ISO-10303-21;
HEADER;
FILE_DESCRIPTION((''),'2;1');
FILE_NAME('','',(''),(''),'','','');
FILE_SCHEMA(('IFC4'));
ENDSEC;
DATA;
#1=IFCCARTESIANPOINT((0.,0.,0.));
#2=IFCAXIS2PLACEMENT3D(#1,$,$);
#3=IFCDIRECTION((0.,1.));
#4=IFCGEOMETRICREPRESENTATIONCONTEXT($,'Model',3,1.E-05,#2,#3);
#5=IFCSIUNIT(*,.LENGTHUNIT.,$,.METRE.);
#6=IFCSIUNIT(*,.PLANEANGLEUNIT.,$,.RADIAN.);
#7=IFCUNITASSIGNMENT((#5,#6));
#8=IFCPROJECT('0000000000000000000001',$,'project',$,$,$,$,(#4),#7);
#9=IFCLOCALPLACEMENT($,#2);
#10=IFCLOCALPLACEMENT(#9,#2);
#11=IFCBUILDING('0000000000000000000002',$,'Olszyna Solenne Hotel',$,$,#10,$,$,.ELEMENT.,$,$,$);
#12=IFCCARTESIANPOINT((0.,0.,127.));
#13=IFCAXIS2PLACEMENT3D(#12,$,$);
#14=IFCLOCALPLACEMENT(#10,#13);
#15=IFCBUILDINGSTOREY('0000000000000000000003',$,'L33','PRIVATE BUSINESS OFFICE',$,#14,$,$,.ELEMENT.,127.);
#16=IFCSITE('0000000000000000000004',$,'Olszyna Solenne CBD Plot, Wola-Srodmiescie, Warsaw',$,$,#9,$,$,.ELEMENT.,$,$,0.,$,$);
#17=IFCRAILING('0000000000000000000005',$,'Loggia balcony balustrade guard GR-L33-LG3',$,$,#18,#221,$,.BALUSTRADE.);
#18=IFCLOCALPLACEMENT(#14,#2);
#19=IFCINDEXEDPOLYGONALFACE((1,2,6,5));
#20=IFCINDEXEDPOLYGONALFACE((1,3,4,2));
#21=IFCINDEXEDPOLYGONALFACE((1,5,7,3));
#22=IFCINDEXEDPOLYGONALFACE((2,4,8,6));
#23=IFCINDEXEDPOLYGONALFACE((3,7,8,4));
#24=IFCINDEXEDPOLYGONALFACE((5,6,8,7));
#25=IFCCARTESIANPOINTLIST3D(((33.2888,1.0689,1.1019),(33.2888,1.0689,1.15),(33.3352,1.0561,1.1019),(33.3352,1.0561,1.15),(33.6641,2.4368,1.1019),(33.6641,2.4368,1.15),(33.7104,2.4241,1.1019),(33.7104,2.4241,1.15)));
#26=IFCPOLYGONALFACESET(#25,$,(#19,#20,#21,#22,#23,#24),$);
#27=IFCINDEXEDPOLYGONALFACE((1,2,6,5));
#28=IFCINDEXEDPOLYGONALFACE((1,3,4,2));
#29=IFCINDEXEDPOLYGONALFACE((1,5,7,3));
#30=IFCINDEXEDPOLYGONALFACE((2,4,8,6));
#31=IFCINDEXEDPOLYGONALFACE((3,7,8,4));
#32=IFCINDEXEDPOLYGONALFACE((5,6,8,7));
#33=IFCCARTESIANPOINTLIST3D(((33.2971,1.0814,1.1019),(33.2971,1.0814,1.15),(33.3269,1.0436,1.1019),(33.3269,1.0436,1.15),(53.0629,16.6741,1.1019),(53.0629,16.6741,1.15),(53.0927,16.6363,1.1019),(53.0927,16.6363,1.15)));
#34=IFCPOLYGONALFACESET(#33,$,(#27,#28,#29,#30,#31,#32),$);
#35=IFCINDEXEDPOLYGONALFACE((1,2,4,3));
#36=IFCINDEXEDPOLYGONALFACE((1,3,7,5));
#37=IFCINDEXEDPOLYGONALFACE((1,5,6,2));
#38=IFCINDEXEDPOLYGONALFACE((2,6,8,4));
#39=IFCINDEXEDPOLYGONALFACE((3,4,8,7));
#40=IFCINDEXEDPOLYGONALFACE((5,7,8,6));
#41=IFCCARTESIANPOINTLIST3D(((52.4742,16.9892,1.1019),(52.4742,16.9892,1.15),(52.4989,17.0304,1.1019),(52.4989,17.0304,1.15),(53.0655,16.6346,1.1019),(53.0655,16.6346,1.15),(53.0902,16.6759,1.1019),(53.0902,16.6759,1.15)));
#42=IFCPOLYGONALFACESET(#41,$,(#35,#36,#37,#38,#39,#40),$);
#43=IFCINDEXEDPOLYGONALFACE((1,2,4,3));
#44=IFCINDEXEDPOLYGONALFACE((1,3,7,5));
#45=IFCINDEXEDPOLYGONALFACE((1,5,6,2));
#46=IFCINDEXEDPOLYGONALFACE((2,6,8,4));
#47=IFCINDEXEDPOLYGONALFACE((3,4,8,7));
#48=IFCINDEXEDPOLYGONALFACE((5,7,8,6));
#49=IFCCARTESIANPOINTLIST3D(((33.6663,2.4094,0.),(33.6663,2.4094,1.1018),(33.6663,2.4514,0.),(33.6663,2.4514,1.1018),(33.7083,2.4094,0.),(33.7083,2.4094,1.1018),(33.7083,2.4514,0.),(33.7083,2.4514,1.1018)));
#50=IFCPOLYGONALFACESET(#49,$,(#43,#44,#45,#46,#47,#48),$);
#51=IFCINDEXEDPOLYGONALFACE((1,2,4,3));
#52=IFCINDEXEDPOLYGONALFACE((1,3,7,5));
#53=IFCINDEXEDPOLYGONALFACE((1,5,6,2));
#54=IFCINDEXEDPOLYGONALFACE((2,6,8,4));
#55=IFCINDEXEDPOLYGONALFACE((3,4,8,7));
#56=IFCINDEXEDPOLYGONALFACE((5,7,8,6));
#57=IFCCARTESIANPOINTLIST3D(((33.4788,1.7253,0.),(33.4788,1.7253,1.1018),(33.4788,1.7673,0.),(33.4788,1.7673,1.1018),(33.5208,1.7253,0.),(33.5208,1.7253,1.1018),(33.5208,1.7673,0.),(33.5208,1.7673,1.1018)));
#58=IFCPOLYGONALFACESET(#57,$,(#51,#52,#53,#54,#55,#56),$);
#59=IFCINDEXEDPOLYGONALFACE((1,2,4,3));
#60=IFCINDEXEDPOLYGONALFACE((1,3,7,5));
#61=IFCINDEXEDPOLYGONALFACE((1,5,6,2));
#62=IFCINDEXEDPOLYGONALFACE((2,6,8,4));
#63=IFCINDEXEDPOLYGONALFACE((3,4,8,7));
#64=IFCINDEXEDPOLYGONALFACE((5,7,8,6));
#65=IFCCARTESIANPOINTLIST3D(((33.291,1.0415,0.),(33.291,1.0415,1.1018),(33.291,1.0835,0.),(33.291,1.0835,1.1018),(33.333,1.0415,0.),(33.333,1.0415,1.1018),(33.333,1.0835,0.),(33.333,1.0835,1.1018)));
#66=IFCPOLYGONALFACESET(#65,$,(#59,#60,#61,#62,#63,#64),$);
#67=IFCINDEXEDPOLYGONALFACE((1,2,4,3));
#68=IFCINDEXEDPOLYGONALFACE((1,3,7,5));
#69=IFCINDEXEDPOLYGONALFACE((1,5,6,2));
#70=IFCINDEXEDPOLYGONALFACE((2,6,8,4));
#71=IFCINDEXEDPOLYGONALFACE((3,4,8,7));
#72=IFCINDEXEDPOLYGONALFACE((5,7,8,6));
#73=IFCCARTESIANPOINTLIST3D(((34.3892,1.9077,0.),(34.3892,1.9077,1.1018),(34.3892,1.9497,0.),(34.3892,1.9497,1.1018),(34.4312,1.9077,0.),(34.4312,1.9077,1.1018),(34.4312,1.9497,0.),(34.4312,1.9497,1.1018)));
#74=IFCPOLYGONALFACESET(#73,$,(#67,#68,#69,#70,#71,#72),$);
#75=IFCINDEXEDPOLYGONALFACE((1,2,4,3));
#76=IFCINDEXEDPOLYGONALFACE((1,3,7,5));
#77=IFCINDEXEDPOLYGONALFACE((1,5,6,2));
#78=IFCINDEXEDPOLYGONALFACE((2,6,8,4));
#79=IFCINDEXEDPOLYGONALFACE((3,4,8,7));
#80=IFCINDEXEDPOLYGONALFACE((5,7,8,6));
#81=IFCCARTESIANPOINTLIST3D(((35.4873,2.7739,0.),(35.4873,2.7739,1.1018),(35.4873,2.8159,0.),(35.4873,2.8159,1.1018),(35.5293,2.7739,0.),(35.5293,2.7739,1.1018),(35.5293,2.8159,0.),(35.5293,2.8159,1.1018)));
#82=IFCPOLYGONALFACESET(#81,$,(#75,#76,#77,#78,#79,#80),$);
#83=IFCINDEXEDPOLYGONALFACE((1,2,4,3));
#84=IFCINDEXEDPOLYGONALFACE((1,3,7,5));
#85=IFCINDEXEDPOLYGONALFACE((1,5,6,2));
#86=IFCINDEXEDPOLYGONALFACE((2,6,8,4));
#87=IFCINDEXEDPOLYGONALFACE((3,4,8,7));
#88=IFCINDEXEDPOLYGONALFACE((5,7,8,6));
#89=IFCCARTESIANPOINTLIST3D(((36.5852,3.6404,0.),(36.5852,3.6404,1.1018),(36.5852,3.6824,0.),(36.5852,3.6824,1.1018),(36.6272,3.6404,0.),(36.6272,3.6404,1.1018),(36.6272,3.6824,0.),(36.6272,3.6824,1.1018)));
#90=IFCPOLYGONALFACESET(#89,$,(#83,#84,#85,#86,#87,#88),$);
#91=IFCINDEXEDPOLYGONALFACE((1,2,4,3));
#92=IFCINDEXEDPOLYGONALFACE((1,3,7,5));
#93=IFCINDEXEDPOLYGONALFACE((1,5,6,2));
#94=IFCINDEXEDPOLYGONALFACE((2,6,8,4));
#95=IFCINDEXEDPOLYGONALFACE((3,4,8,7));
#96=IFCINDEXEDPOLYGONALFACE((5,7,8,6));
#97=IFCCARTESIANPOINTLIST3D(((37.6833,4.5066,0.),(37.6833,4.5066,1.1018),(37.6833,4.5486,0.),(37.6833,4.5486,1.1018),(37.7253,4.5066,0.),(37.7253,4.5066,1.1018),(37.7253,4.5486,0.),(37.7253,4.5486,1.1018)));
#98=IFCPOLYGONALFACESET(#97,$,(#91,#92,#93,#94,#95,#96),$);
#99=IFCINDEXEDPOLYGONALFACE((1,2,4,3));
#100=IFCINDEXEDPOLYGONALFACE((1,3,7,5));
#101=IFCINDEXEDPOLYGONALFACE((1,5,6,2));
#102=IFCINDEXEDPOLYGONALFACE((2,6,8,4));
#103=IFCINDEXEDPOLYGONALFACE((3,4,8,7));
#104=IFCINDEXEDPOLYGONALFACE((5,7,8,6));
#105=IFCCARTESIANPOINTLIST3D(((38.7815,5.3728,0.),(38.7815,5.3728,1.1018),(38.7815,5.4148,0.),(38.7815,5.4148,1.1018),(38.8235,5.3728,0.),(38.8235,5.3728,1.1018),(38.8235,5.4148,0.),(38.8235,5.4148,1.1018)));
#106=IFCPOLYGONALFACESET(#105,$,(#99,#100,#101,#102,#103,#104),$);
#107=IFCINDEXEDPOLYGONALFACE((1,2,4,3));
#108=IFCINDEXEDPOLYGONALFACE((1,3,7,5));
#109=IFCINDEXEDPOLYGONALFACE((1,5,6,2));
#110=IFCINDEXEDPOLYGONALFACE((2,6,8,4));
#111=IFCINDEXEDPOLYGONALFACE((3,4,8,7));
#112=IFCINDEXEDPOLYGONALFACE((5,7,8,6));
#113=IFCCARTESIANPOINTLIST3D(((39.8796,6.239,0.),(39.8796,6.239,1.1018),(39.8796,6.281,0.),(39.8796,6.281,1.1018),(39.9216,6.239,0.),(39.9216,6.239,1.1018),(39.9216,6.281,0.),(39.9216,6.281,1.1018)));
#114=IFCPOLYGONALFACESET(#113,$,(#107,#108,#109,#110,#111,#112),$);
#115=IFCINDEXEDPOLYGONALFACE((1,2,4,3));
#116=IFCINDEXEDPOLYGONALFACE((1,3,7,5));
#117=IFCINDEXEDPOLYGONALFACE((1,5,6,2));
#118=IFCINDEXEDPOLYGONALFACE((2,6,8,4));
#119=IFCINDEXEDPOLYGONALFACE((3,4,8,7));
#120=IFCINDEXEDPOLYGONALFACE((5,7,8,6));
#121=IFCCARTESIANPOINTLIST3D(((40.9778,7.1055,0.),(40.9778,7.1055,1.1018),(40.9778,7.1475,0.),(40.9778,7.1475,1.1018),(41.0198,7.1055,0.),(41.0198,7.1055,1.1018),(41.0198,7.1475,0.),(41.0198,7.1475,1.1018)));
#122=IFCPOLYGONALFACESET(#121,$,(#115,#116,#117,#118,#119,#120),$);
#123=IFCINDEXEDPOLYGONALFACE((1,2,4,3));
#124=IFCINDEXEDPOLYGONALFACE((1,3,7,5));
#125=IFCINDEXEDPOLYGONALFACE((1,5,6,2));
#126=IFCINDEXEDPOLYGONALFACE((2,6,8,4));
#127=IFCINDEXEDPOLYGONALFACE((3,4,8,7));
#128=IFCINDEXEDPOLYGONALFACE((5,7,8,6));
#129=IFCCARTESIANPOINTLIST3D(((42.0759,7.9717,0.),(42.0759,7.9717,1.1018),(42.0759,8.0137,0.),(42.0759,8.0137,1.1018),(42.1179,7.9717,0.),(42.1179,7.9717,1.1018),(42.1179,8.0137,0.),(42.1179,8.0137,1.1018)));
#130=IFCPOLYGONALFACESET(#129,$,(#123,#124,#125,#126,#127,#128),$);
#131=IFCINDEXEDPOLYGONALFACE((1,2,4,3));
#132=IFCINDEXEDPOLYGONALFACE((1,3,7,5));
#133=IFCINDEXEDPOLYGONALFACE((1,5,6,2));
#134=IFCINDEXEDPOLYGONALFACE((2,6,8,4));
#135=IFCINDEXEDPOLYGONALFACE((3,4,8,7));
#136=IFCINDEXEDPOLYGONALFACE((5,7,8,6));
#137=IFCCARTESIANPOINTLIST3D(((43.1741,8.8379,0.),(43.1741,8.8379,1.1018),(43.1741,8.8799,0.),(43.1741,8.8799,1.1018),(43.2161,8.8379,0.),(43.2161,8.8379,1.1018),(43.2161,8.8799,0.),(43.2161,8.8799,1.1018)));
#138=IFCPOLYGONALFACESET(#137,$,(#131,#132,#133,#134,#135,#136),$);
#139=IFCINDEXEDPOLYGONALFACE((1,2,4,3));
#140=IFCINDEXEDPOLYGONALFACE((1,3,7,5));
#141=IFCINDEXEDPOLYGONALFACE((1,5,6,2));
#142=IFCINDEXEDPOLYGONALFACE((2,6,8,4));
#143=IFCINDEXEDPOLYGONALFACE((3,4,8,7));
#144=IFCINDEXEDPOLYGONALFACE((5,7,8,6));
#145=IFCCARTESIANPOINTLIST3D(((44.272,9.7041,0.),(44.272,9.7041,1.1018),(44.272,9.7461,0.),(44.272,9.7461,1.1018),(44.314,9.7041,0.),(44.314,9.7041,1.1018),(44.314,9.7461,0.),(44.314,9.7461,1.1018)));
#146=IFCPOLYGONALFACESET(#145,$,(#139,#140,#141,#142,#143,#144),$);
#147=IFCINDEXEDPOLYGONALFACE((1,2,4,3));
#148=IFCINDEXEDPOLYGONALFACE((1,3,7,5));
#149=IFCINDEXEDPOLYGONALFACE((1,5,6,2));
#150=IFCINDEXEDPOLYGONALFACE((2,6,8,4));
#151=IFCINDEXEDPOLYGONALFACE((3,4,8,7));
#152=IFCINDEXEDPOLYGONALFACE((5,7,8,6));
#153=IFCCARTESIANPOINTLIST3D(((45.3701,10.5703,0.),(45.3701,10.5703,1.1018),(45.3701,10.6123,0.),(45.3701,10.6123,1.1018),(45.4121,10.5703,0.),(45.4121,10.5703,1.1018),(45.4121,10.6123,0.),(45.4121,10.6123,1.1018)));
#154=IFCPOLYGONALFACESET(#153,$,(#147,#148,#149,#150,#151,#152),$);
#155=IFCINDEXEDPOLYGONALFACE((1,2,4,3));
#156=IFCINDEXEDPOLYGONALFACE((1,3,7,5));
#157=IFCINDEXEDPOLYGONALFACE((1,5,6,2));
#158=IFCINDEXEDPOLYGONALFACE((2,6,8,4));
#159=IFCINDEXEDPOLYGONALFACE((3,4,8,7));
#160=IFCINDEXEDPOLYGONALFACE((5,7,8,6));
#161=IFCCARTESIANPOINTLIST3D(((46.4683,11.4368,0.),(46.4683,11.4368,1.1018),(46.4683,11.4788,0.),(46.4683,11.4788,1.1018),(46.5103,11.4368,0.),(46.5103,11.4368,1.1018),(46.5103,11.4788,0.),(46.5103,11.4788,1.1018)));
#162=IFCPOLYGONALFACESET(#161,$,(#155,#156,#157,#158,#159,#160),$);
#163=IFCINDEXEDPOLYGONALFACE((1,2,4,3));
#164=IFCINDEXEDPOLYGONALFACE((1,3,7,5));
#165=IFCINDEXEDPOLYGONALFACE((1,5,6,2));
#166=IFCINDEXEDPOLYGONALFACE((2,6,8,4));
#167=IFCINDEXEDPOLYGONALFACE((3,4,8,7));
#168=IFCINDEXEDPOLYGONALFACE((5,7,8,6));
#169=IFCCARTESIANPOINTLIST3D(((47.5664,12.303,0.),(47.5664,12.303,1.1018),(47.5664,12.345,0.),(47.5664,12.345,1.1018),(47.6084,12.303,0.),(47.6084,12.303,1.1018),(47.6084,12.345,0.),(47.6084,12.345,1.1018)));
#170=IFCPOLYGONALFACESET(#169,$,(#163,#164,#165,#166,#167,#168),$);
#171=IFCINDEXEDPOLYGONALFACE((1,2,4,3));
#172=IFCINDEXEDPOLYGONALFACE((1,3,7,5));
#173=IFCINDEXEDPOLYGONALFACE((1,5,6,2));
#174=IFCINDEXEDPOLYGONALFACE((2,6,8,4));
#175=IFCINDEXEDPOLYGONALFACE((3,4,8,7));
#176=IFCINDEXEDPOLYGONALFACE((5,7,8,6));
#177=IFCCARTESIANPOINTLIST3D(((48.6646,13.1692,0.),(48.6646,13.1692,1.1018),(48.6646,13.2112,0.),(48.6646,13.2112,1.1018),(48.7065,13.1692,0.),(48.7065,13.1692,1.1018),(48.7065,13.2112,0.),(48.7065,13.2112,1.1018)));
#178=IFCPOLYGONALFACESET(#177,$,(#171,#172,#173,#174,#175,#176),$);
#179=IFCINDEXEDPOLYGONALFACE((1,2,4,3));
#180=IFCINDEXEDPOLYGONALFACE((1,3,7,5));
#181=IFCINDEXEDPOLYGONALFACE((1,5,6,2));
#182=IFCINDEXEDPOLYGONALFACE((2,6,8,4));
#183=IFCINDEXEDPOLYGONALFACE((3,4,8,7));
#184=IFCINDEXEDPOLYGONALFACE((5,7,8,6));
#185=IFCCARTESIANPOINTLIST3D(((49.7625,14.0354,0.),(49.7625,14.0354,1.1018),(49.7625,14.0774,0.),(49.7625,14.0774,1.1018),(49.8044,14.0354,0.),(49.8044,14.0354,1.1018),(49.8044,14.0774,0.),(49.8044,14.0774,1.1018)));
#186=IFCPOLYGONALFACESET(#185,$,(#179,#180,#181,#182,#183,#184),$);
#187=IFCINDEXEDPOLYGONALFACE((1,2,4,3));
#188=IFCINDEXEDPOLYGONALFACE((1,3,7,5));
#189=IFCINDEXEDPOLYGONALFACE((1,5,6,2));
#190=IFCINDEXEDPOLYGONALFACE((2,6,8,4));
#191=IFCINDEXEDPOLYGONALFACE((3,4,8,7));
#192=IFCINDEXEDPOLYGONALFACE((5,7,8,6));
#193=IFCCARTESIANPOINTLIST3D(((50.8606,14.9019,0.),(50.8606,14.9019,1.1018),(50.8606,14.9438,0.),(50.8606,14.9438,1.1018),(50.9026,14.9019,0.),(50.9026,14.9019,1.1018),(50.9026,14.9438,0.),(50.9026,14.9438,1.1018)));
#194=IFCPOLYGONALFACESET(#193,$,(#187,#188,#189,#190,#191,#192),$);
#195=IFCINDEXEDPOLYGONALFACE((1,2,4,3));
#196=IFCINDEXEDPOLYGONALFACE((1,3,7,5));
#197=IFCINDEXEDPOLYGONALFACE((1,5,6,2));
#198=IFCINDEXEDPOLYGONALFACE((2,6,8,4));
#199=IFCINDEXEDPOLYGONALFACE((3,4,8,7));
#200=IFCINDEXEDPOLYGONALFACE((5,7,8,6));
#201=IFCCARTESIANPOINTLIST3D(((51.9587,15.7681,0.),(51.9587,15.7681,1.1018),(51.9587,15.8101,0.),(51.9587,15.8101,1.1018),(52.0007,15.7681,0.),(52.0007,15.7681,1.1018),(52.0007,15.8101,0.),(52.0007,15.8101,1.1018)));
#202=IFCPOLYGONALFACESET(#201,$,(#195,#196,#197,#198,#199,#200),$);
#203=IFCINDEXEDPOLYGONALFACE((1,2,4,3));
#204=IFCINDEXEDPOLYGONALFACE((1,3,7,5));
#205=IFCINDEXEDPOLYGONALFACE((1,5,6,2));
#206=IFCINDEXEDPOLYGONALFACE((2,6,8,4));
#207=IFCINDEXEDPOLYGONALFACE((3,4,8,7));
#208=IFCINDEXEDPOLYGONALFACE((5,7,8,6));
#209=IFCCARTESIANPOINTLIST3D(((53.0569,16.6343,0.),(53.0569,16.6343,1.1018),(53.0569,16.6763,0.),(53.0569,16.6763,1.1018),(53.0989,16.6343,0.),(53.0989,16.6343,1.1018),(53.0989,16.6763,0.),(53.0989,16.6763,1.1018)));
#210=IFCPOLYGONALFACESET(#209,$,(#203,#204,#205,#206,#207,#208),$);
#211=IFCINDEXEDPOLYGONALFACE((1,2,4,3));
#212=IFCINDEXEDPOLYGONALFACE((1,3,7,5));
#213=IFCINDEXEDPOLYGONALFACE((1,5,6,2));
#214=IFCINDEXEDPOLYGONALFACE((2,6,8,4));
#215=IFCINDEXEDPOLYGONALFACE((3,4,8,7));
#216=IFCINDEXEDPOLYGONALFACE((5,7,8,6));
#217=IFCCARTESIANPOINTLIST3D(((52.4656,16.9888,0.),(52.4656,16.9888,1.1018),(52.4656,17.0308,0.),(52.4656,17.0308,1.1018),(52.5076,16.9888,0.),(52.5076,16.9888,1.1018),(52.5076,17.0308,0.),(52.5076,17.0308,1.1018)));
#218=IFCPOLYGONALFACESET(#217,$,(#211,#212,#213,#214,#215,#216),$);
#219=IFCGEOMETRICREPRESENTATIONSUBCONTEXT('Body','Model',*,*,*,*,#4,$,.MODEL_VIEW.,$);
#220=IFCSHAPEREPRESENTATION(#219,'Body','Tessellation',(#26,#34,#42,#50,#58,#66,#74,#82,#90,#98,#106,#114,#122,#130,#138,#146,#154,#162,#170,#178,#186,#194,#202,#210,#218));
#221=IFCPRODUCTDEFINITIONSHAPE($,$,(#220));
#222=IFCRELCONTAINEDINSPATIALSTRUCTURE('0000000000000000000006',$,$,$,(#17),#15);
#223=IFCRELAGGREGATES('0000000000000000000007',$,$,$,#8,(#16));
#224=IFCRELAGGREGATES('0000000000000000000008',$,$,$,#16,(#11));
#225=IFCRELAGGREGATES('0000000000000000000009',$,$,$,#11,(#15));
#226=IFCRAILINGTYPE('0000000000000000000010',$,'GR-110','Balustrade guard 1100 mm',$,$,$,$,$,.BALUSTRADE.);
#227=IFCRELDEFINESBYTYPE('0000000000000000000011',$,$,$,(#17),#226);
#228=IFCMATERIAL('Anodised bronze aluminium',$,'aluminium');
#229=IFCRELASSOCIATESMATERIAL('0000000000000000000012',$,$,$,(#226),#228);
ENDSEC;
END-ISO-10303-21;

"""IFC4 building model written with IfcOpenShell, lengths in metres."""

from ifc_helpers import new_model, si_unit, direction, frame, origin, origin_2d, place, context, subcontext, project, spatial, rectangle, extrude, material, type_object, element, save


model = new_model("IFC4")

# Units and contexts
model_context = context("Model", 3, precision=1e-05, world=origin(), true_north=direction((0.0, 1.0)))
body_context = subcontext(model_context, "Body", "Model", "MODEL_VIEW")
ifc_project = project(units=[si_unit("LENGTHUNIT", "METRE"), si_unit("PLANEANGLEUNIT", "RADIAN")], contexts=[model_context])

# Site, building, storey
site_placement = place(None, origin())
site = spatial("IfcSite", under=ifc_project, at=site_placement, Name="Olszyna Solenne CBD Plot, Wola-Srodmiescie, Warsaw", CompositionType="ELEMENT", RefElevation=0.0)
building_placement = place(site_placement, origin())
building = spatial("IfcBuilding", under=site, at=building_placement, Name="Olszyna Solenne Hotel", CompositionType="ELEMENT")
storey_placement = place(building_placement, frame((0.0, 0.0, 127.0)))
storey = spatial("IfcBuildingStorey", under=building, at=storey_placement, Name="L33", Description="PRIVATE BUSINESS OFFICE", CompositionType="ELEMENT", Elevation=127.0)

# Shared definitions
ifc_material_1 = material(Name="Anodised bronze aluminium", Category="aluminium")

# Railing
railing_type_1 = type_object("IfcRailingType", Name="GR-110", Description="Balustrade guard 1100 mm", PredefinedType="BALUSTRADE", material=ifc_material_1)
railing_1_placement = place(storey_placement, frame((33.6873, 2.4304, 0.0)))
element("IfcRailing", 1, at=railing_1_placement, inside=storey, type_object=railing_type_1, Name="Loggia balcony balustrade guard GR-L33-LG3", PredefinedType="BALUSTRADE", context=body_context, shape_type="SweptSolid", body=[
    extrude(rectangle(XDim=0.0481, YDim=0.0481, at=origin_2d()), frame((0.0, 0.0, 1.126), z_axis=(-0.264544, -0.964374, 0.0), x_axis=(0.964374, -0.264544, 0.0)), (0.0, 0.0, 1.0), 1.4185),
    extrude(rectangle(XDim=0.0481, YDim=0.0481, at=origin_2d()), frame((-0.3752, -1.3679, 1.126), z_axis=(0.785112, 0.619354, 0.0), x_axis=(-0.619354, 0.785112, 0.0)), (0.0, 0.0, 1.0), 25.1758),
    extrude(rectangle(XDim=0.0481, YDim=0.0481, at=origin_2d()), frame((19.3906, 14.2249, 1.126), z_axis=(-0.85768, 0.514183, 0.0), x_axis=(-0.514183, -0.85768, 0.0)), (0.0, 0.0, 1.0), 0.6895),
    extrude(rectangle(XDim=0.042, YDim=0.042, at=origin_2d()), origin(), (0.0, 0.0, 1.0), 1.1018),
    extrude(rectangle(XDim=0.042, YDim=0.042, at=origin_2d()), frame((-0.1875, -0.6841, 0.0)), (0.0, 0.0, 1.0), 1.1018),
    extrude(rectangle(XDim=0.042, YDim=0.042, at=origin_2d()), frame((-0.3752, -1.3679, 0.0)), (0.0, 0.0, 1.0), 1.1018),
    extrude(rectangle(XDim=0.042, YDim=0.042, at=origin_2d()), frame((0.7229, -0.5017, 0.0)), (0.0, 0.0, 1.0), 1.1018),
    extrude(rectangle(XDim=0.042, YDim=0.042, at=origin_2d()), frame((1.821, 0.3645, 0.0)), (0.0, 0.0, 1.0), 1.1018),
    extrude(rectangle(XDim=0.042, YDim=0.042, at=origin_2d()), frame((2.9189, 1.231, 0.0)), (0.0, 0.0, 1.0), 1.1018),
    extrude(rectangle(XDim=0.042, YDim=0.042, at=origin_2d()), frame((4.0171, 2.0972, 0.0)), (0.0, 0.0, 1.0), 1.1018),
    extrude(rectangle(XDim=0.042, YDim=0.042, at=origin_2d()), frame((5.1152, 2.9634, 0.0)), (0.0, 0.0, 1.0), 1.1018),
    extrude(rectangle(XDim=0.042, YDim=0.042, at=origin_2d()), frame((6.2134, 3.8296, 0.0)), (0.0, 0.0, 1.0), 1.1018),
    extrude(rectangle(XDim=0.042, YDim=0.042, at=origin_2d()), frame((7.3115, 4.696, 0.0)), (0.0, 0.0, 1.0), 1.1018),
    extrude(rectangle(XDim=0.042, YDim=0.042, at=origin_2d()), frame((8.4097, 5.5623, 0.0)), (0.0, 0.0, 1.0), 1.1018),
    extrude(rectangle(XDim=0.042, YDim=0.042, at=origin_2d()), frame((9.5078, 6.4285, 0.0)), (0.0, 0.0, 1.0), 1.1018),
    extrude(rectangle(XDim=0.042, YDim=0.042, at=origin_2d()), frame((10.6057, 7.2947, 0.0)), (0.0, 0.0, 1.0), 1.1018),
    extrude(rectangle(XDim=0.042, YDim=0.042, at=origin_2d()), frame((11.7039, 8.1609, 0.0)), (0.0, 0.0, 1.0), 1.1018),
    extrude(rectangle(XDim=0.042, YDim=0.042, at=origin_2d()), frame((12.802, 9.0273, 0.0)), (0.0, 0.0, 1.0), 1.1018),
    extrude(rectangle(XDim=0.042, YDim=0.042, at=origin_2d()), frame((13.9001, 9.8936, 0.0)), (0.0, 0.0, 1.0), 1.1018),
    extrude(rectangle(XDim=0.042, YDim=0.042, at=origin_2d()), frame((14.9983, 10.7598, 0.0)), (0.0, 0.0, 1.0), 1.1018),
    extrude(rectangle(XDim=0.042, YDim=0.042, at=origin_2d()), frame((16.0962, 11.626, 0.0)), (0.0, 0.0, 1.0), 1.1018),
    extrude(rectangle(XDim=0.042, YDim=0.042, at=origin_2d()), frame((17.1943, 12.4924, 0.0)), (0.0, 0.0, 1.0), 1.1018),
    extrude(rectangle(XDim=0.042, YDim=0.042, at=origin_2d()), frame((18.2925, 13.3586, 0.0)), (0.0, 0.0, 1.0), 1.1018),
    extrude(rectangle(XDim=0.042, YDim=0.042, at=origin_2d()), frame((19.3906, 14.2249, 0.0)), (0.0, 0.0, 1.0), 1.1018),
    extrude(rectangle(XDim=0.042, YDim=0.042, at=origin_2d()), frame((18.7993, 14.5793, 0.0)), (0.0, 0.0, 1.0), 1.1018),
])

save(model, "model.ifc")
